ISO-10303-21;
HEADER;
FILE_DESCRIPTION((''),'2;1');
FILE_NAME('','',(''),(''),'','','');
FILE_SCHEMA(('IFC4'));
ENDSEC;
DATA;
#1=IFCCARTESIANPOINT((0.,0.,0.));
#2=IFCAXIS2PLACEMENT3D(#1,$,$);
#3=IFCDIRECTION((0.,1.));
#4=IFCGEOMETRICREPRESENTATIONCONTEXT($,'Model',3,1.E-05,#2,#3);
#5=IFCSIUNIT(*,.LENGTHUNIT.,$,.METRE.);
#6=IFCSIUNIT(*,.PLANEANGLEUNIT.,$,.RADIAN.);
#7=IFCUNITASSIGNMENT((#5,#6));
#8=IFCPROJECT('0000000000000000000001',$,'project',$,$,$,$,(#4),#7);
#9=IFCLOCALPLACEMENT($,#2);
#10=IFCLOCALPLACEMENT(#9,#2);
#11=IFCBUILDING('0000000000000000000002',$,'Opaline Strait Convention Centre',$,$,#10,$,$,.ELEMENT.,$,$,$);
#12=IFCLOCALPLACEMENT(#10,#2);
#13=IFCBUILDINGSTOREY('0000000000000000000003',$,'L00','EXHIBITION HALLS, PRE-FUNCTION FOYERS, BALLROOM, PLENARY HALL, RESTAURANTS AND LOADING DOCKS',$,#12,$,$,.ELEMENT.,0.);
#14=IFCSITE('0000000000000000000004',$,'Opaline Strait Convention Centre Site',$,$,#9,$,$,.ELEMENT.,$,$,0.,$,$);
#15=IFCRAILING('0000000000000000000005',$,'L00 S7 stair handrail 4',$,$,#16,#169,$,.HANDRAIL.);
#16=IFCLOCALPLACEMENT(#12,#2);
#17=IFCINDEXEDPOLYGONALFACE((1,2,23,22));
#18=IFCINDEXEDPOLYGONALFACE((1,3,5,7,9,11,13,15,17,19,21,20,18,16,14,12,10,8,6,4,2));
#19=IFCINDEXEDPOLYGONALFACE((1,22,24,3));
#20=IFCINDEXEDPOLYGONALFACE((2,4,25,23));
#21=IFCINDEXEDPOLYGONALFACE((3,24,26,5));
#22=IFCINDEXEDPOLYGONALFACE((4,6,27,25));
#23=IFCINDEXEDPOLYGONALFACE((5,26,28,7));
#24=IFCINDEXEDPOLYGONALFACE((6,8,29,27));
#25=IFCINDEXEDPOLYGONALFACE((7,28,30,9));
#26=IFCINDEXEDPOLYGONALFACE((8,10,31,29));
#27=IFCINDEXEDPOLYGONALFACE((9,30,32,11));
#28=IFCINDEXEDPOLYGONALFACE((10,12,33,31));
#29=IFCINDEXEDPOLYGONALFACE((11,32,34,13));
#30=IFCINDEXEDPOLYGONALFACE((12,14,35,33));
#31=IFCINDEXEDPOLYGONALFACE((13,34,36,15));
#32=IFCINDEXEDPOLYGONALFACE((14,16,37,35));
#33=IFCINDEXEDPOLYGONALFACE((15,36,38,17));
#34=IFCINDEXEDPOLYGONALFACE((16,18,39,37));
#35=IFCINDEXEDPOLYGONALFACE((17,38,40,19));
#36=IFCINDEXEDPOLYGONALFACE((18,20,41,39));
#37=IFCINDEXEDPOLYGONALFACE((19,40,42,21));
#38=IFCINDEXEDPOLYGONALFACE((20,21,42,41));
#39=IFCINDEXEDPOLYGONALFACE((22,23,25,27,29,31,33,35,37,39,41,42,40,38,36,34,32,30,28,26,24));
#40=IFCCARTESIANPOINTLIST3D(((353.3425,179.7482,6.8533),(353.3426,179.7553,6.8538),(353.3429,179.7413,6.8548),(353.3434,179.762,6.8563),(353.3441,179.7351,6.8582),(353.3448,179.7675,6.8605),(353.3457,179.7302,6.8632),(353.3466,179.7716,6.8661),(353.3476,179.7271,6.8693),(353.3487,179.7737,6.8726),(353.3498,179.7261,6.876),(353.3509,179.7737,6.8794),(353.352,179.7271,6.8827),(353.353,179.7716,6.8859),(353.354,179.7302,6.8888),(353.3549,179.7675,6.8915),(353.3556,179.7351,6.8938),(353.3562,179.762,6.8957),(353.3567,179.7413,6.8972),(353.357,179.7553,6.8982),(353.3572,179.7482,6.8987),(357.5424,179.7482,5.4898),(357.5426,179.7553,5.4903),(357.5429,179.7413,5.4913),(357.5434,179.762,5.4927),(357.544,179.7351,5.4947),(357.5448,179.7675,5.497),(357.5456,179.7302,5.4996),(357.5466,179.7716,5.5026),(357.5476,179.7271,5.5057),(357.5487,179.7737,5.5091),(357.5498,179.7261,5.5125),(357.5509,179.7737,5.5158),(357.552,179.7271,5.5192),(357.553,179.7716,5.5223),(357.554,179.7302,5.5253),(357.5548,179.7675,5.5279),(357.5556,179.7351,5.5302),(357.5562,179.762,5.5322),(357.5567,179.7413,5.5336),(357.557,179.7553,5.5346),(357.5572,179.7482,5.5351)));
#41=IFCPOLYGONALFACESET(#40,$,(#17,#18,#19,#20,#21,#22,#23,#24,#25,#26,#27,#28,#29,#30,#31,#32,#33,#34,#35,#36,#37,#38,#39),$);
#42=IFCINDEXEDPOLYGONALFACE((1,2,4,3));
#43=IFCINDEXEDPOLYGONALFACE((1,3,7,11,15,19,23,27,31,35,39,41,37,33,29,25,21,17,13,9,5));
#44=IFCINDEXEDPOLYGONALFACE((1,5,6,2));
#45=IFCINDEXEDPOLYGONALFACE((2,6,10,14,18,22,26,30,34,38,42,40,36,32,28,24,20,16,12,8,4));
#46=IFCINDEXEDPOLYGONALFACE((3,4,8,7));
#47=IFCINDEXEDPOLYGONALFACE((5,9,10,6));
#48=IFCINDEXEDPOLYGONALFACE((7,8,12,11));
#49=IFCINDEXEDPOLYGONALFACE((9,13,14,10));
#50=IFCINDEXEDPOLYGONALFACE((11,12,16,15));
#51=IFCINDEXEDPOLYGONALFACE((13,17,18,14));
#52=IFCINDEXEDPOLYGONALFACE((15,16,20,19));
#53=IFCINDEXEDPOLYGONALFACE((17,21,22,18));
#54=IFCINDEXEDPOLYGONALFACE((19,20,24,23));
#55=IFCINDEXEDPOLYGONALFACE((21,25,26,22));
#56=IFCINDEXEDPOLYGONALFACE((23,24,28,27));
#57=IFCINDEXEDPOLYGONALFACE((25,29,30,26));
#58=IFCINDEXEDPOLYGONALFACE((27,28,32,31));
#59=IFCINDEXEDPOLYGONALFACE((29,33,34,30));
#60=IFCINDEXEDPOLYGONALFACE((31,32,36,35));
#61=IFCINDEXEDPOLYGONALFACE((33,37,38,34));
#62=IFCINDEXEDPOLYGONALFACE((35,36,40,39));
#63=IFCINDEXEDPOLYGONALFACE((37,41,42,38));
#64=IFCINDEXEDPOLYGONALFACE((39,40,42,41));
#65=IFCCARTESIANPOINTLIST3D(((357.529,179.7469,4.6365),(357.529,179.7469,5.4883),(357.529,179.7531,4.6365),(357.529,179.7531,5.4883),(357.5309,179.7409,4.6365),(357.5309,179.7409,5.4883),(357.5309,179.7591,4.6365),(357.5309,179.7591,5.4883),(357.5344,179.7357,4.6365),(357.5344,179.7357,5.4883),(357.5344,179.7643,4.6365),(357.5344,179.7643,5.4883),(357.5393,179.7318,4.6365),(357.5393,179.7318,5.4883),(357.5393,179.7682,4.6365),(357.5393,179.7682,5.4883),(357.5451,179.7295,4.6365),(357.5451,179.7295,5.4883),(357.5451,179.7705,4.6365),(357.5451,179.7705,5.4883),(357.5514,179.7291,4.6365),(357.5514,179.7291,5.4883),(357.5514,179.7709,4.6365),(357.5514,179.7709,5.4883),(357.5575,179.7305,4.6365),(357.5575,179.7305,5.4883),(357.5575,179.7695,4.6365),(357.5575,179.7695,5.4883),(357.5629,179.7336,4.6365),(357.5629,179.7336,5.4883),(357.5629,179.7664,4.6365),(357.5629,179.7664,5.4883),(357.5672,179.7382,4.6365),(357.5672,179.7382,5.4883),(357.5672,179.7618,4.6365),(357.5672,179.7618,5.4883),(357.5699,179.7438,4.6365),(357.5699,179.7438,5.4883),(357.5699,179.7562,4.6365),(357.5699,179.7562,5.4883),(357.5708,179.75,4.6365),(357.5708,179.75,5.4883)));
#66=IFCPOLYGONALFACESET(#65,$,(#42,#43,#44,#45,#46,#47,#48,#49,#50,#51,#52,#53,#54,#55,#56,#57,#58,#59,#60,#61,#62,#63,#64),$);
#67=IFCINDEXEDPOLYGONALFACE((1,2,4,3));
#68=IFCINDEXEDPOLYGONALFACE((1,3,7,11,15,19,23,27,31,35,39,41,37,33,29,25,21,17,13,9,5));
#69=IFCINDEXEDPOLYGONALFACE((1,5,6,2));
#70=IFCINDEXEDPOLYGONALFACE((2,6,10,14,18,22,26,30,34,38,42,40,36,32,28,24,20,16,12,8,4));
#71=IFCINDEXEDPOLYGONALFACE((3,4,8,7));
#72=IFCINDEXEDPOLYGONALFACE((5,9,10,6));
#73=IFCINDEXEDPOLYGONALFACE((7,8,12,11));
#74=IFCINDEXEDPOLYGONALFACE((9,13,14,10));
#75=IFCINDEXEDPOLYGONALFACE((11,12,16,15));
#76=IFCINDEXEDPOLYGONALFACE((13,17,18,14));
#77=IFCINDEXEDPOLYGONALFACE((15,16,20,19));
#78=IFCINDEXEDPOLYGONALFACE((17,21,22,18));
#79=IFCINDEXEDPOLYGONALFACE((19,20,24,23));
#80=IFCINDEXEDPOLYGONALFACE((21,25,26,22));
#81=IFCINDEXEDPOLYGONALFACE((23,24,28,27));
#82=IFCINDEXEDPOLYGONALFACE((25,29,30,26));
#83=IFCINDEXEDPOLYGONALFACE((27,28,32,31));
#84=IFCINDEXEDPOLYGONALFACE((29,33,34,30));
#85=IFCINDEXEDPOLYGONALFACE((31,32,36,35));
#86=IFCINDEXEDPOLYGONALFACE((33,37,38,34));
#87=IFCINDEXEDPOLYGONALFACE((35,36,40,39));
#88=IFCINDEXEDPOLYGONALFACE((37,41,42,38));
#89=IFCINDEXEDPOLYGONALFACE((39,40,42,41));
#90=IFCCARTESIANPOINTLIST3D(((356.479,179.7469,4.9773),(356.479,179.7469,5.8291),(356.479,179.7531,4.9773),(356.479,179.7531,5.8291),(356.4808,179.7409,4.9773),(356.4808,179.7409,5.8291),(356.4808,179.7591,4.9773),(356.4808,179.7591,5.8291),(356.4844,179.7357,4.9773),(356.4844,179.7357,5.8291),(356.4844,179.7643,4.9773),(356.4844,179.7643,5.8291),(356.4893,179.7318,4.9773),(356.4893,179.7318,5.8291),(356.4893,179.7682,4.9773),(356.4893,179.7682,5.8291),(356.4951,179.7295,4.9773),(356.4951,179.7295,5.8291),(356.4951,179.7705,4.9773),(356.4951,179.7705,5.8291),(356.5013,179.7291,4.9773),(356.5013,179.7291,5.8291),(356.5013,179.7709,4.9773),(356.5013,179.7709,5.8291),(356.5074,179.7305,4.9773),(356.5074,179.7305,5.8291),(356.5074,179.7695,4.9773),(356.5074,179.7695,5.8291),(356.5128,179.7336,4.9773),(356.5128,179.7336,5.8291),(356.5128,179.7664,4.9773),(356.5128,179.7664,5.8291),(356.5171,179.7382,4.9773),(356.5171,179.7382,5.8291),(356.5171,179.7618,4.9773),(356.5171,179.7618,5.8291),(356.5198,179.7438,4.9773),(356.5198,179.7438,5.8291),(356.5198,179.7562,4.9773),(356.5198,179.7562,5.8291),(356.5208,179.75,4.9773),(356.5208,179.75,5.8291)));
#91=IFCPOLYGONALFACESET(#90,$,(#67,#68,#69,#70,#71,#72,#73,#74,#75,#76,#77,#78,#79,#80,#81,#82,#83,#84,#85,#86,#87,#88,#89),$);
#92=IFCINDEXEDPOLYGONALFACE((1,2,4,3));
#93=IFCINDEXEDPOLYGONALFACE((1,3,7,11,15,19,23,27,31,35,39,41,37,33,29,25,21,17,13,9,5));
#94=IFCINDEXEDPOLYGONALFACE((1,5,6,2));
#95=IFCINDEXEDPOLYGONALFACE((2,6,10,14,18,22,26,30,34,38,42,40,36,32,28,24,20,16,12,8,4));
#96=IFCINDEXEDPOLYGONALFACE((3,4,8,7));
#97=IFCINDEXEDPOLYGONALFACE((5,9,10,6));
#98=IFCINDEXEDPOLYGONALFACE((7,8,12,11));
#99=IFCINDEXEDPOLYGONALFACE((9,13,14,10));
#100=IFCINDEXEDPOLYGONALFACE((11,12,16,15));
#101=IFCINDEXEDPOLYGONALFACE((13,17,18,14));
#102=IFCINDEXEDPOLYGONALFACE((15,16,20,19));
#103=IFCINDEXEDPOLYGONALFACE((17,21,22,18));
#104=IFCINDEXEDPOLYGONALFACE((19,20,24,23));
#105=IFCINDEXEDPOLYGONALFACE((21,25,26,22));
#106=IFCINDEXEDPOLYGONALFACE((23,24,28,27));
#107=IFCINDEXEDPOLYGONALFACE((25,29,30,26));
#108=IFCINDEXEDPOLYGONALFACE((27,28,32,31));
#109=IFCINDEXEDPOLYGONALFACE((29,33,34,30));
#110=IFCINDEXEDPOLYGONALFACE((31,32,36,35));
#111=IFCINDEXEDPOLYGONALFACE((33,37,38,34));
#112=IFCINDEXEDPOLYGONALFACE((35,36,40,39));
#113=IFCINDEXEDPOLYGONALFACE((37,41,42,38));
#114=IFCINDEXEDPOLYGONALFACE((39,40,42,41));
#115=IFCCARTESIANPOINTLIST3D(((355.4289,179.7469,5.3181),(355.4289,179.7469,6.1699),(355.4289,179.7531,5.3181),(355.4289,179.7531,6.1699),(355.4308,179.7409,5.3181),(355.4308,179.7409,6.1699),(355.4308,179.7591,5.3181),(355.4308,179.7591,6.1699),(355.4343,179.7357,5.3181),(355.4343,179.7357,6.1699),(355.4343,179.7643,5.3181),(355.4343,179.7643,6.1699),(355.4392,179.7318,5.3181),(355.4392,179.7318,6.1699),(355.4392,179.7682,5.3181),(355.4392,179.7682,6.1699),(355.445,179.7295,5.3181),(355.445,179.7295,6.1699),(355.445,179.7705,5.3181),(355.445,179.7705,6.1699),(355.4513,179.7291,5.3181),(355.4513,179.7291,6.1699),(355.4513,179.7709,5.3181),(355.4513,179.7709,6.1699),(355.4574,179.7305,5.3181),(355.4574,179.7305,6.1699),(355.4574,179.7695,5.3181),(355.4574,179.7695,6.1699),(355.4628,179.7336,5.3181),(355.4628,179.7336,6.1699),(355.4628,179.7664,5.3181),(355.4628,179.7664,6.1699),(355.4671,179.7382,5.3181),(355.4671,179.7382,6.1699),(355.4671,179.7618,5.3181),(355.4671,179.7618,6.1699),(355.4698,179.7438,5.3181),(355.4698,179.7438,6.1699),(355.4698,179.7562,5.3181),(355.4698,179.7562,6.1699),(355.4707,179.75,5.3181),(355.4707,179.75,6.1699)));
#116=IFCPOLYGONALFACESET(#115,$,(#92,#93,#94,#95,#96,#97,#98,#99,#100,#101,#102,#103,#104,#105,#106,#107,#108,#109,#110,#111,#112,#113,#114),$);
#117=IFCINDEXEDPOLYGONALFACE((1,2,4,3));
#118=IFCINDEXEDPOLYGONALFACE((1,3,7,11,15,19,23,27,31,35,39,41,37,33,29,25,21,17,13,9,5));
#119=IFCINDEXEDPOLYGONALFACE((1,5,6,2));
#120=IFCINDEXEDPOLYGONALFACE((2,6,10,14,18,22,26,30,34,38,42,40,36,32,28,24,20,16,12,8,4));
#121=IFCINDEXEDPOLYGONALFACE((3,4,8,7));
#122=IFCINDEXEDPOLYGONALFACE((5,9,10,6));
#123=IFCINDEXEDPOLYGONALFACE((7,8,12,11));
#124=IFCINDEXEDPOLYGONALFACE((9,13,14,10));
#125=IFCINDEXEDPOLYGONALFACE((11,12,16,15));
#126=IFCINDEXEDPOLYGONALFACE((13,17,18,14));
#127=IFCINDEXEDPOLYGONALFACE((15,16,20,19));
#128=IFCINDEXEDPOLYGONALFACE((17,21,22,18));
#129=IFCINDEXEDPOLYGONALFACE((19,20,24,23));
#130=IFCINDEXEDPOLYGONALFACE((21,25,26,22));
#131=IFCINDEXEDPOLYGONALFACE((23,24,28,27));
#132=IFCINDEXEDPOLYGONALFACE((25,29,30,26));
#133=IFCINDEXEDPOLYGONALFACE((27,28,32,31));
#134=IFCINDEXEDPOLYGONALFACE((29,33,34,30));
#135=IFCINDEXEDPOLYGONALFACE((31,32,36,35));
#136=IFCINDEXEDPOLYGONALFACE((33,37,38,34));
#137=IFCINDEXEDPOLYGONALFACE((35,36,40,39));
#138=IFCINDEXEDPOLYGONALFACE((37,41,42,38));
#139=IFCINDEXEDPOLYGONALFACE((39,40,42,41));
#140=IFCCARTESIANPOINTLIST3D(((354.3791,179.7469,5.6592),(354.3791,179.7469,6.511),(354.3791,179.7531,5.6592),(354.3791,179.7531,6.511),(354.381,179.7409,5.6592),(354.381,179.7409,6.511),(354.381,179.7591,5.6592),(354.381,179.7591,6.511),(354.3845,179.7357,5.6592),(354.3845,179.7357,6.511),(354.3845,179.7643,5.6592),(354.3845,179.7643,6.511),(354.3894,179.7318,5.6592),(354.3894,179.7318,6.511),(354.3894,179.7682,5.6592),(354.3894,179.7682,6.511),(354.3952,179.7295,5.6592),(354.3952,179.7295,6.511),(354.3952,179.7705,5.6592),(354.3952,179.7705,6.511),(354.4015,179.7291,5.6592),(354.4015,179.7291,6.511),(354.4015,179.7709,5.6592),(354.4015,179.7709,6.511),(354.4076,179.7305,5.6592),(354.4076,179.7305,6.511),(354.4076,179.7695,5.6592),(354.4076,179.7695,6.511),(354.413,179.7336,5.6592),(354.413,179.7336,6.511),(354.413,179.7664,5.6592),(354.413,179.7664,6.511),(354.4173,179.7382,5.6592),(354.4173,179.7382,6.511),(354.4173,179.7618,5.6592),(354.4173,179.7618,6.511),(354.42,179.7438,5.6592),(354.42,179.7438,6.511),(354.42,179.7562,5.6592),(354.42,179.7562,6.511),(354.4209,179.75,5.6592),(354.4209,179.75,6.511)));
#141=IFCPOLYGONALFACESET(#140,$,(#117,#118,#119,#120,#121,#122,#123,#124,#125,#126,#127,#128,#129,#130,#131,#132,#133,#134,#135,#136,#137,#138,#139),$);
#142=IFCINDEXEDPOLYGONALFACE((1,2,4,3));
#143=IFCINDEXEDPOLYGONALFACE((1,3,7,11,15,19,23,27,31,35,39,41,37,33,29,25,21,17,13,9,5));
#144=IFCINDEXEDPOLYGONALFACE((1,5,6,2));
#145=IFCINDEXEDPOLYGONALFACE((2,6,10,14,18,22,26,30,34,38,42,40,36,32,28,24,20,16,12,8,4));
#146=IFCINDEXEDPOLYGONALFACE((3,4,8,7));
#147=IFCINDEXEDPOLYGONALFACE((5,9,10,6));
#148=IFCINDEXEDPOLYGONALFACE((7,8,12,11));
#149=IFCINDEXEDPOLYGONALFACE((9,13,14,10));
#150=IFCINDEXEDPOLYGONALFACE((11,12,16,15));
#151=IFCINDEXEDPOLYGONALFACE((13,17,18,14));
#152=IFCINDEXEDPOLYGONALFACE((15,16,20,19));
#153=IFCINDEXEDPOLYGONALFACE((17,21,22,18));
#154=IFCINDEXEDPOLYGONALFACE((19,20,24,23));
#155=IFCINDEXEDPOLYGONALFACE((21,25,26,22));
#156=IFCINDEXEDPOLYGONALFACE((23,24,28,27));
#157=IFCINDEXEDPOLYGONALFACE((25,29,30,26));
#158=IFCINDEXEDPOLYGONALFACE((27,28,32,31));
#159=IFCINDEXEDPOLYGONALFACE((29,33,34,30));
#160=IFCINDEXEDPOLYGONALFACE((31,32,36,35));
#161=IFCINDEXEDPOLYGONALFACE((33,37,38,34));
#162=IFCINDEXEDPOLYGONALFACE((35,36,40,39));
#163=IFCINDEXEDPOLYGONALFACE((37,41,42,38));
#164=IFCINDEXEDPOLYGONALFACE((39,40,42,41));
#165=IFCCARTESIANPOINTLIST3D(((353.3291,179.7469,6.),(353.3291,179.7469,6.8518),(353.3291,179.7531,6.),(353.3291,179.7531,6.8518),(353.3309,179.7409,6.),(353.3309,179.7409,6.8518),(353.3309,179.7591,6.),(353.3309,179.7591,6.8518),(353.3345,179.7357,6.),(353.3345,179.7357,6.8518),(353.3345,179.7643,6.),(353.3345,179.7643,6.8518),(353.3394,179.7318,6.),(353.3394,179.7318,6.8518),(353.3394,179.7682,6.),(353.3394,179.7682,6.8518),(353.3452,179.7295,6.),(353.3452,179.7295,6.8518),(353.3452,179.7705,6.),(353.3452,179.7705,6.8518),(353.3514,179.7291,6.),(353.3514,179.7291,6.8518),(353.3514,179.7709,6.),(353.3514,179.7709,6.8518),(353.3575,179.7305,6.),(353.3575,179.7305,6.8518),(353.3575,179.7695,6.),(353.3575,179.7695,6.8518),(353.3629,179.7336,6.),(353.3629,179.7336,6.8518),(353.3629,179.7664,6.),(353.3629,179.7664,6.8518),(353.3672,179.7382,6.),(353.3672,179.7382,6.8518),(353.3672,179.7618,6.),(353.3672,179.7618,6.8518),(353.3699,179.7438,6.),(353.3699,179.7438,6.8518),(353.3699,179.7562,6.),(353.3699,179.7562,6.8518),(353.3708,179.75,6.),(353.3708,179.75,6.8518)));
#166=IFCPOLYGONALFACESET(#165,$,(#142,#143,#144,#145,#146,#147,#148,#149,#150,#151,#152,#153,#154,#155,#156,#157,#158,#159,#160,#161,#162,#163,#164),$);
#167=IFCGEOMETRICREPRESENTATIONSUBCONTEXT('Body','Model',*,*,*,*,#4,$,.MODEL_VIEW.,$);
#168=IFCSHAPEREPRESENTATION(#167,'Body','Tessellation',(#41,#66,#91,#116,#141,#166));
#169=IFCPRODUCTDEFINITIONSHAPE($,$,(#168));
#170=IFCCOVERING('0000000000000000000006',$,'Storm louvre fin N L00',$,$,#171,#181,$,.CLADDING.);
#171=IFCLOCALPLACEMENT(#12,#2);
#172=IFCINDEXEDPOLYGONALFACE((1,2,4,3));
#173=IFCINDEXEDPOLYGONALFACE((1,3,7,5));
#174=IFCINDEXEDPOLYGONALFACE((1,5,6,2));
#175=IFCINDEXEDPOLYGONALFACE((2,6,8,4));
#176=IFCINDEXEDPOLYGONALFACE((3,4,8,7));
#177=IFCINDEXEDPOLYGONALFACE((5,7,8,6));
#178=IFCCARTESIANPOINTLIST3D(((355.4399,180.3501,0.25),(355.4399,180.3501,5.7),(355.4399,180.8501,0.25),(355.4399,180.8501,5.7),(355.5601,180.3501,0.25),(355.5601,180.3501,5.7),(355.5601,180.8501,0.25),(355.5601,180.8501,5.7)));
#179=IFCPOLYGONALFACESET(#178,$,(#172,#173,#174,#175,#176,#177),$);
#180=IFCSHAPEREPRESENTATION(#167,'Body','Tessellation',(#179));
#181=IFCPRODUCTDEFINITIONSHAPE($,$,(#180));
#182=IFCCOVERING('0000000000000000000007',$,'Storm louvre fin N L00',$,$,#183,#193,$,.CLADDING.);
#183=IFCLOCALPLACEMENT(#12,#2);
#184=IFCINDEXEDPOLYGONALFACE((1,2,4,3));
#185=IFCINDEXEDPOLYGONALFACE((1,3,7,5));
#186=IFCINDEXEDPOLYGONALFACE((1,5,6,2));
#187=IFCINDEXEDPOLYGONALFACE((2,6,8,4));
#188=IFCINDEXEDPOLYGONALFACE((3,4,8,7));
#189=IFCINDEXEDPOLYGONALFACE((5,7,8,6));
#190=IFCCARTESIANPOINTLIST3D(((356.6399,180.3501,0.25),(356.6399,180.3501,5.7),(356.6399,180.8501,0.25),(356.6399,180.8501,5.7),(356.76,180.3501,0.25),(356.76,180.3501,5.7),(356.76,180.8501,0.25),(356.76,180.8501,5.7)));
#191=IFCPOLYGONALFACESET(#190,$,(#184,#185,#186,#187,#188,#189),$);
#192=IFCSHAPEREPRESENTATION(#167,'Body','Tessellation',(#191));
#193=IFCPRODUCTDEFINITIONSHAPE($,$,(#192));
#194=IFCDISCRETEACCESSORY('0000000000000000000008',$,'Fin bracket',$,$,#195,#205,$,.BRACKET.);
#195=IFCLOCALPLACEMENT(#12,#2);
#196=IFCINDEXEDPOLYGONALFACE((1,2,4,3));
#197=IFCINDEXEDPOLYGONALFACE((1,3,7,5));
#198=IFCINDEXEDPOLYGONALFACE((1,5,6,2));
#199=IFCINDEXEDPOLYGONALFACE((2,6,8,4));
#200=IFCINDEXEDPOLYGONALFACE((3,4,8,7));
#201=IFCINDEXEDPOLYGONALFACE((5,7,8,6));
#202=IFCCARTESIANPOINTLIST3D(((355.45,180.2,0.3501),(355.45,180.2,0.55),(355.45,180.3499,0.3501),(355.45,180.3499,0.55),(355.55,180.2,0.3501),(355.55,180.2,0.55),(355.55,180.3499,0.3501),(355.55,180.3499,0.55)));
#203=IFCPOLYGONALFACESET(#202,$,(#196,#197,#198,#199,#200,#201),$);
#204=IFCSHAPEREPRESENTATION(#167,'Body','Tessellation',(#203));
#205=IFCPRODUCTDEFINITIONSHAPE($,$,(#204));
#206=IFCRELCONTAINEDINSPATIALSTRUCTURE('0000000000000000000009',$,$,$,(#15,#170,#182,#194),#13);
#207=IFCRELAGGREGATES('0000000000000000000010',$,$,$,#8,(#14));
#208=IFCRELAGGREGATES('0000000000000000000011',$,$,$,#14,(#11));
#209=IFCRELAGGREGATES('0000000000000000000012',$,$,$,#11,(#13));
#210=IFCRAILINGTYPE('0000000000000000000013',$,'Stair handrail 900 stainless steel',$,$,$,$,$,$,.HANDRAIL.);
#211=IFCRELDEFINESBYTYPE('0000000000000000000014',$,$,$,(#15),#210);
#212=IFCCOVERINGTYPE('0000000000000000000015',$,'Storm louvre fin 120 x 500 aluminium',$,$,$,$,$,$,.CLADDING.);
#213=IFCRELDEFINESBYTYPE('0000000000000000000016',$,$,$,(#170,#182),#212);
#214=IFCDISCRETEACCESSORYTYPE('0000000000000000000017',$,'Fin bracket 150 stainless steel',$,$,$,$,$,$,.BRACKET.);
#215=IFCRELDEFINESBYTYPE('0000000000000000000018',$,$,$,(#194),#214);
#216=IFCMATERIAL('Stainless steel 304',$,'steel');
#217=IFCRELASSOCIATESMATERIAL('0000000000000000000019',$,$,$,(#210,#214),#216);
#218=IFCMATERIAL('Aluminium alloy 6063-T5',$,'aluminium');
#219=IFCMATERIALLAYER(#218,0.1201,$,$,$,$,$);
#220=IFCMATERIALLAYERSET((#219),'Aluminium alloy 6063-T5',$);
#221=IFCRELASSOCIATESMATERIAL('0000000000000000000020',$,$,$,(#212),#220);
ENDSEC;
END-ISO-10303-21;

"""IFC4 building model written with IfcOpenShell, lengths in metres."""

from ifc_helpers import new_model, si_unit, direction, frame, origin, origin_2d, place, context, subcontext, project, spatial, rectangle, circle, extrude, material, layer, layer_set, type_object, element, save


model = new_model("IFC4")

# Units and contexts
model_context = context("Model", 3, precision=1e-05, world=origin(), true_north=direction((0.0, 1.0)))
body_context = subcontext(model_context, "Body", "Model", "MODEL_VIEW")
ifc_project = project(units=[si_unit("LENGTHUNIT", "METRE"), si_unit("PLANEANGLEUNIT", "RADIAN")], contexts=[model_context])

# Site, building, storey
site_placement = place(None, origin())
site = spatial("IfcSite", under=ifc_project, at=site_placement, Name="Opaline Strait Convention Centre Site", CompositionType="ELEMENT", RefElevation=0.0)
building_placement = place(site_placement, origin())
building = spatial("IfcBuilding", under=site, at=building_placement, Name="Opaline Strait Convention Centre", CompositionType="ELEMENT")
storey_placement = place(building_placement, origin())
storey = spatial("IfcBuildingStorey", under=building, at=storey_placement, Name="L00", Description="EXHIBITION HALLS, PRE-FUNCTION FOYERS, BALLROOM, PLENARY HALL, RESTAURANTS AND LOADING DOCKS", CompositionType="ELEMENT", Elevation=0.0)

# Railing
ifc_material_1 = material(Name="Stainless steel 304", Category="steel")
railing_type_1 = type_object("IfcRailingType", Name="Stair handrail 900 stainless steel", PredefinedType="HANDRAIL", material=ifc_material_1)
railing_1_placement = place(storey_placement, frame((357.5498, 179.75, 4.6365)))
element("IfcRailing", 1, at=railing_1_placement, inside=storey, type_object=railing_type_1, Name="L00 S7 stair handrail 4", PredefinedType="HANDRAIL", context=body_context, shape_type="SweptSolid", body=[
    extrude(circle(Radius=0.0239, at=origin_2d()), frame((0.0, 0.0, 0.876), z_axis=(-0.951131, 0.0, 0.308787), x_axis=(0.0, -1.0, 0.0)), (0.0, 0.0, 1.0), 4.4158),
    extrude(circle(Radius=0.021, at=origin_2d()), origin(), (0.0, 0.0, 1.0), 0.8518),
    extrude(circle(Radius=0.021, at=origin_2d()), frame((-1.05, 0.0, 0.3408)), (0.0, 0.0, 1.0), 0.8518),
    extrude(circle(Radius=0.021, at=origin_2d()), frame((-2.1001, 0.0, 0.6816)), (0.0, 0.0, 1.0), 0.8518),
    extrude(circle(Radius=0.021, at=origin_2d()), frame((-3.1499, 0.0, 1.0227)), (0.0, 0.0, 1.0), 0.8518),
    extrude(circle(Radius=0.021, at=origin_2d()), frame((-4.2, 0.0, 1.3635)), (0.0, 0.0, 1.0), 0.8518),
])

# Coverings
ifc_material_2 = material(Name="Aluminium alloy 6063-T5", Category="aluminium")
ifc_layer_1 = layer(ifc_material_2, 0.1201)
ifc_layer_set_1 = layer_set([ifc_layer_1], Name="Aluminium alloy 6063-T5")
covering_type = type_object("IfcCoveringType", Name="Storm louvre fin 120 x 500 aluminium", PredefinedType="CLADDING", material=ifc_layer_set_1)
for number, where, z_axis, x_axis, name in (
    (2, (355.5, 180.6001, 0.25), (0.0, 0.0, 1.0), (1.0, 0.0, 0.0), "Storm louvre fin N L00"),
    (3, (356.7, 180.6001, 0.25), (0.0, 0.0, 1.0), (1.0, 0.0, 0.0), "Storm louvre fin N L00"),
):
    element("IfcCovering", number, at=place(storey_placement, frame(where, z_axis=z_axis, x_axis=x_axis)), inside=storey, type_object=covering_type, Name=name, PredefinedType="CLADDING", context=body_context, shape_type="SweptSolid", body=[
        extrude(rectangle(XDim=0.1201, YDim=0.5, at=origin_2d()), origin(), (0.0, 0.0, 1.0), 5.45),
    ])

# Discrete accessory
discrete_accessory_type = type_object("IfcDiscreteAccessoryType", Name="Fin bracket 150 stainless steel", PredefinedType="BRACKET", material=ifc_material_1)
for number, where, z_axis, x_axis, name in (
    (4, (355.5, 180.2749, 0.3501), (0.0, 0.0, 1.0), (1.0, 0.0, 0.0), "Fin bracket"),
):
    element("IfcDiscreteAccessory", number, at=place(storey_placement, frame(where, z_axis=z_axis, x_axis=x_axis)), inside=storey, type_object=discrete_accessory_type, Name=name, PredefinedType="BRACKET", context=body_context, shape_type="SweptSolid", body=[
        extrude(rectangle(XDim=0.1001, YDim=0.1499, at=origin_2d()), origin(), (0.0, 0.0, 1.0), 0.2),
    ])

save(model, "model.ifc")
